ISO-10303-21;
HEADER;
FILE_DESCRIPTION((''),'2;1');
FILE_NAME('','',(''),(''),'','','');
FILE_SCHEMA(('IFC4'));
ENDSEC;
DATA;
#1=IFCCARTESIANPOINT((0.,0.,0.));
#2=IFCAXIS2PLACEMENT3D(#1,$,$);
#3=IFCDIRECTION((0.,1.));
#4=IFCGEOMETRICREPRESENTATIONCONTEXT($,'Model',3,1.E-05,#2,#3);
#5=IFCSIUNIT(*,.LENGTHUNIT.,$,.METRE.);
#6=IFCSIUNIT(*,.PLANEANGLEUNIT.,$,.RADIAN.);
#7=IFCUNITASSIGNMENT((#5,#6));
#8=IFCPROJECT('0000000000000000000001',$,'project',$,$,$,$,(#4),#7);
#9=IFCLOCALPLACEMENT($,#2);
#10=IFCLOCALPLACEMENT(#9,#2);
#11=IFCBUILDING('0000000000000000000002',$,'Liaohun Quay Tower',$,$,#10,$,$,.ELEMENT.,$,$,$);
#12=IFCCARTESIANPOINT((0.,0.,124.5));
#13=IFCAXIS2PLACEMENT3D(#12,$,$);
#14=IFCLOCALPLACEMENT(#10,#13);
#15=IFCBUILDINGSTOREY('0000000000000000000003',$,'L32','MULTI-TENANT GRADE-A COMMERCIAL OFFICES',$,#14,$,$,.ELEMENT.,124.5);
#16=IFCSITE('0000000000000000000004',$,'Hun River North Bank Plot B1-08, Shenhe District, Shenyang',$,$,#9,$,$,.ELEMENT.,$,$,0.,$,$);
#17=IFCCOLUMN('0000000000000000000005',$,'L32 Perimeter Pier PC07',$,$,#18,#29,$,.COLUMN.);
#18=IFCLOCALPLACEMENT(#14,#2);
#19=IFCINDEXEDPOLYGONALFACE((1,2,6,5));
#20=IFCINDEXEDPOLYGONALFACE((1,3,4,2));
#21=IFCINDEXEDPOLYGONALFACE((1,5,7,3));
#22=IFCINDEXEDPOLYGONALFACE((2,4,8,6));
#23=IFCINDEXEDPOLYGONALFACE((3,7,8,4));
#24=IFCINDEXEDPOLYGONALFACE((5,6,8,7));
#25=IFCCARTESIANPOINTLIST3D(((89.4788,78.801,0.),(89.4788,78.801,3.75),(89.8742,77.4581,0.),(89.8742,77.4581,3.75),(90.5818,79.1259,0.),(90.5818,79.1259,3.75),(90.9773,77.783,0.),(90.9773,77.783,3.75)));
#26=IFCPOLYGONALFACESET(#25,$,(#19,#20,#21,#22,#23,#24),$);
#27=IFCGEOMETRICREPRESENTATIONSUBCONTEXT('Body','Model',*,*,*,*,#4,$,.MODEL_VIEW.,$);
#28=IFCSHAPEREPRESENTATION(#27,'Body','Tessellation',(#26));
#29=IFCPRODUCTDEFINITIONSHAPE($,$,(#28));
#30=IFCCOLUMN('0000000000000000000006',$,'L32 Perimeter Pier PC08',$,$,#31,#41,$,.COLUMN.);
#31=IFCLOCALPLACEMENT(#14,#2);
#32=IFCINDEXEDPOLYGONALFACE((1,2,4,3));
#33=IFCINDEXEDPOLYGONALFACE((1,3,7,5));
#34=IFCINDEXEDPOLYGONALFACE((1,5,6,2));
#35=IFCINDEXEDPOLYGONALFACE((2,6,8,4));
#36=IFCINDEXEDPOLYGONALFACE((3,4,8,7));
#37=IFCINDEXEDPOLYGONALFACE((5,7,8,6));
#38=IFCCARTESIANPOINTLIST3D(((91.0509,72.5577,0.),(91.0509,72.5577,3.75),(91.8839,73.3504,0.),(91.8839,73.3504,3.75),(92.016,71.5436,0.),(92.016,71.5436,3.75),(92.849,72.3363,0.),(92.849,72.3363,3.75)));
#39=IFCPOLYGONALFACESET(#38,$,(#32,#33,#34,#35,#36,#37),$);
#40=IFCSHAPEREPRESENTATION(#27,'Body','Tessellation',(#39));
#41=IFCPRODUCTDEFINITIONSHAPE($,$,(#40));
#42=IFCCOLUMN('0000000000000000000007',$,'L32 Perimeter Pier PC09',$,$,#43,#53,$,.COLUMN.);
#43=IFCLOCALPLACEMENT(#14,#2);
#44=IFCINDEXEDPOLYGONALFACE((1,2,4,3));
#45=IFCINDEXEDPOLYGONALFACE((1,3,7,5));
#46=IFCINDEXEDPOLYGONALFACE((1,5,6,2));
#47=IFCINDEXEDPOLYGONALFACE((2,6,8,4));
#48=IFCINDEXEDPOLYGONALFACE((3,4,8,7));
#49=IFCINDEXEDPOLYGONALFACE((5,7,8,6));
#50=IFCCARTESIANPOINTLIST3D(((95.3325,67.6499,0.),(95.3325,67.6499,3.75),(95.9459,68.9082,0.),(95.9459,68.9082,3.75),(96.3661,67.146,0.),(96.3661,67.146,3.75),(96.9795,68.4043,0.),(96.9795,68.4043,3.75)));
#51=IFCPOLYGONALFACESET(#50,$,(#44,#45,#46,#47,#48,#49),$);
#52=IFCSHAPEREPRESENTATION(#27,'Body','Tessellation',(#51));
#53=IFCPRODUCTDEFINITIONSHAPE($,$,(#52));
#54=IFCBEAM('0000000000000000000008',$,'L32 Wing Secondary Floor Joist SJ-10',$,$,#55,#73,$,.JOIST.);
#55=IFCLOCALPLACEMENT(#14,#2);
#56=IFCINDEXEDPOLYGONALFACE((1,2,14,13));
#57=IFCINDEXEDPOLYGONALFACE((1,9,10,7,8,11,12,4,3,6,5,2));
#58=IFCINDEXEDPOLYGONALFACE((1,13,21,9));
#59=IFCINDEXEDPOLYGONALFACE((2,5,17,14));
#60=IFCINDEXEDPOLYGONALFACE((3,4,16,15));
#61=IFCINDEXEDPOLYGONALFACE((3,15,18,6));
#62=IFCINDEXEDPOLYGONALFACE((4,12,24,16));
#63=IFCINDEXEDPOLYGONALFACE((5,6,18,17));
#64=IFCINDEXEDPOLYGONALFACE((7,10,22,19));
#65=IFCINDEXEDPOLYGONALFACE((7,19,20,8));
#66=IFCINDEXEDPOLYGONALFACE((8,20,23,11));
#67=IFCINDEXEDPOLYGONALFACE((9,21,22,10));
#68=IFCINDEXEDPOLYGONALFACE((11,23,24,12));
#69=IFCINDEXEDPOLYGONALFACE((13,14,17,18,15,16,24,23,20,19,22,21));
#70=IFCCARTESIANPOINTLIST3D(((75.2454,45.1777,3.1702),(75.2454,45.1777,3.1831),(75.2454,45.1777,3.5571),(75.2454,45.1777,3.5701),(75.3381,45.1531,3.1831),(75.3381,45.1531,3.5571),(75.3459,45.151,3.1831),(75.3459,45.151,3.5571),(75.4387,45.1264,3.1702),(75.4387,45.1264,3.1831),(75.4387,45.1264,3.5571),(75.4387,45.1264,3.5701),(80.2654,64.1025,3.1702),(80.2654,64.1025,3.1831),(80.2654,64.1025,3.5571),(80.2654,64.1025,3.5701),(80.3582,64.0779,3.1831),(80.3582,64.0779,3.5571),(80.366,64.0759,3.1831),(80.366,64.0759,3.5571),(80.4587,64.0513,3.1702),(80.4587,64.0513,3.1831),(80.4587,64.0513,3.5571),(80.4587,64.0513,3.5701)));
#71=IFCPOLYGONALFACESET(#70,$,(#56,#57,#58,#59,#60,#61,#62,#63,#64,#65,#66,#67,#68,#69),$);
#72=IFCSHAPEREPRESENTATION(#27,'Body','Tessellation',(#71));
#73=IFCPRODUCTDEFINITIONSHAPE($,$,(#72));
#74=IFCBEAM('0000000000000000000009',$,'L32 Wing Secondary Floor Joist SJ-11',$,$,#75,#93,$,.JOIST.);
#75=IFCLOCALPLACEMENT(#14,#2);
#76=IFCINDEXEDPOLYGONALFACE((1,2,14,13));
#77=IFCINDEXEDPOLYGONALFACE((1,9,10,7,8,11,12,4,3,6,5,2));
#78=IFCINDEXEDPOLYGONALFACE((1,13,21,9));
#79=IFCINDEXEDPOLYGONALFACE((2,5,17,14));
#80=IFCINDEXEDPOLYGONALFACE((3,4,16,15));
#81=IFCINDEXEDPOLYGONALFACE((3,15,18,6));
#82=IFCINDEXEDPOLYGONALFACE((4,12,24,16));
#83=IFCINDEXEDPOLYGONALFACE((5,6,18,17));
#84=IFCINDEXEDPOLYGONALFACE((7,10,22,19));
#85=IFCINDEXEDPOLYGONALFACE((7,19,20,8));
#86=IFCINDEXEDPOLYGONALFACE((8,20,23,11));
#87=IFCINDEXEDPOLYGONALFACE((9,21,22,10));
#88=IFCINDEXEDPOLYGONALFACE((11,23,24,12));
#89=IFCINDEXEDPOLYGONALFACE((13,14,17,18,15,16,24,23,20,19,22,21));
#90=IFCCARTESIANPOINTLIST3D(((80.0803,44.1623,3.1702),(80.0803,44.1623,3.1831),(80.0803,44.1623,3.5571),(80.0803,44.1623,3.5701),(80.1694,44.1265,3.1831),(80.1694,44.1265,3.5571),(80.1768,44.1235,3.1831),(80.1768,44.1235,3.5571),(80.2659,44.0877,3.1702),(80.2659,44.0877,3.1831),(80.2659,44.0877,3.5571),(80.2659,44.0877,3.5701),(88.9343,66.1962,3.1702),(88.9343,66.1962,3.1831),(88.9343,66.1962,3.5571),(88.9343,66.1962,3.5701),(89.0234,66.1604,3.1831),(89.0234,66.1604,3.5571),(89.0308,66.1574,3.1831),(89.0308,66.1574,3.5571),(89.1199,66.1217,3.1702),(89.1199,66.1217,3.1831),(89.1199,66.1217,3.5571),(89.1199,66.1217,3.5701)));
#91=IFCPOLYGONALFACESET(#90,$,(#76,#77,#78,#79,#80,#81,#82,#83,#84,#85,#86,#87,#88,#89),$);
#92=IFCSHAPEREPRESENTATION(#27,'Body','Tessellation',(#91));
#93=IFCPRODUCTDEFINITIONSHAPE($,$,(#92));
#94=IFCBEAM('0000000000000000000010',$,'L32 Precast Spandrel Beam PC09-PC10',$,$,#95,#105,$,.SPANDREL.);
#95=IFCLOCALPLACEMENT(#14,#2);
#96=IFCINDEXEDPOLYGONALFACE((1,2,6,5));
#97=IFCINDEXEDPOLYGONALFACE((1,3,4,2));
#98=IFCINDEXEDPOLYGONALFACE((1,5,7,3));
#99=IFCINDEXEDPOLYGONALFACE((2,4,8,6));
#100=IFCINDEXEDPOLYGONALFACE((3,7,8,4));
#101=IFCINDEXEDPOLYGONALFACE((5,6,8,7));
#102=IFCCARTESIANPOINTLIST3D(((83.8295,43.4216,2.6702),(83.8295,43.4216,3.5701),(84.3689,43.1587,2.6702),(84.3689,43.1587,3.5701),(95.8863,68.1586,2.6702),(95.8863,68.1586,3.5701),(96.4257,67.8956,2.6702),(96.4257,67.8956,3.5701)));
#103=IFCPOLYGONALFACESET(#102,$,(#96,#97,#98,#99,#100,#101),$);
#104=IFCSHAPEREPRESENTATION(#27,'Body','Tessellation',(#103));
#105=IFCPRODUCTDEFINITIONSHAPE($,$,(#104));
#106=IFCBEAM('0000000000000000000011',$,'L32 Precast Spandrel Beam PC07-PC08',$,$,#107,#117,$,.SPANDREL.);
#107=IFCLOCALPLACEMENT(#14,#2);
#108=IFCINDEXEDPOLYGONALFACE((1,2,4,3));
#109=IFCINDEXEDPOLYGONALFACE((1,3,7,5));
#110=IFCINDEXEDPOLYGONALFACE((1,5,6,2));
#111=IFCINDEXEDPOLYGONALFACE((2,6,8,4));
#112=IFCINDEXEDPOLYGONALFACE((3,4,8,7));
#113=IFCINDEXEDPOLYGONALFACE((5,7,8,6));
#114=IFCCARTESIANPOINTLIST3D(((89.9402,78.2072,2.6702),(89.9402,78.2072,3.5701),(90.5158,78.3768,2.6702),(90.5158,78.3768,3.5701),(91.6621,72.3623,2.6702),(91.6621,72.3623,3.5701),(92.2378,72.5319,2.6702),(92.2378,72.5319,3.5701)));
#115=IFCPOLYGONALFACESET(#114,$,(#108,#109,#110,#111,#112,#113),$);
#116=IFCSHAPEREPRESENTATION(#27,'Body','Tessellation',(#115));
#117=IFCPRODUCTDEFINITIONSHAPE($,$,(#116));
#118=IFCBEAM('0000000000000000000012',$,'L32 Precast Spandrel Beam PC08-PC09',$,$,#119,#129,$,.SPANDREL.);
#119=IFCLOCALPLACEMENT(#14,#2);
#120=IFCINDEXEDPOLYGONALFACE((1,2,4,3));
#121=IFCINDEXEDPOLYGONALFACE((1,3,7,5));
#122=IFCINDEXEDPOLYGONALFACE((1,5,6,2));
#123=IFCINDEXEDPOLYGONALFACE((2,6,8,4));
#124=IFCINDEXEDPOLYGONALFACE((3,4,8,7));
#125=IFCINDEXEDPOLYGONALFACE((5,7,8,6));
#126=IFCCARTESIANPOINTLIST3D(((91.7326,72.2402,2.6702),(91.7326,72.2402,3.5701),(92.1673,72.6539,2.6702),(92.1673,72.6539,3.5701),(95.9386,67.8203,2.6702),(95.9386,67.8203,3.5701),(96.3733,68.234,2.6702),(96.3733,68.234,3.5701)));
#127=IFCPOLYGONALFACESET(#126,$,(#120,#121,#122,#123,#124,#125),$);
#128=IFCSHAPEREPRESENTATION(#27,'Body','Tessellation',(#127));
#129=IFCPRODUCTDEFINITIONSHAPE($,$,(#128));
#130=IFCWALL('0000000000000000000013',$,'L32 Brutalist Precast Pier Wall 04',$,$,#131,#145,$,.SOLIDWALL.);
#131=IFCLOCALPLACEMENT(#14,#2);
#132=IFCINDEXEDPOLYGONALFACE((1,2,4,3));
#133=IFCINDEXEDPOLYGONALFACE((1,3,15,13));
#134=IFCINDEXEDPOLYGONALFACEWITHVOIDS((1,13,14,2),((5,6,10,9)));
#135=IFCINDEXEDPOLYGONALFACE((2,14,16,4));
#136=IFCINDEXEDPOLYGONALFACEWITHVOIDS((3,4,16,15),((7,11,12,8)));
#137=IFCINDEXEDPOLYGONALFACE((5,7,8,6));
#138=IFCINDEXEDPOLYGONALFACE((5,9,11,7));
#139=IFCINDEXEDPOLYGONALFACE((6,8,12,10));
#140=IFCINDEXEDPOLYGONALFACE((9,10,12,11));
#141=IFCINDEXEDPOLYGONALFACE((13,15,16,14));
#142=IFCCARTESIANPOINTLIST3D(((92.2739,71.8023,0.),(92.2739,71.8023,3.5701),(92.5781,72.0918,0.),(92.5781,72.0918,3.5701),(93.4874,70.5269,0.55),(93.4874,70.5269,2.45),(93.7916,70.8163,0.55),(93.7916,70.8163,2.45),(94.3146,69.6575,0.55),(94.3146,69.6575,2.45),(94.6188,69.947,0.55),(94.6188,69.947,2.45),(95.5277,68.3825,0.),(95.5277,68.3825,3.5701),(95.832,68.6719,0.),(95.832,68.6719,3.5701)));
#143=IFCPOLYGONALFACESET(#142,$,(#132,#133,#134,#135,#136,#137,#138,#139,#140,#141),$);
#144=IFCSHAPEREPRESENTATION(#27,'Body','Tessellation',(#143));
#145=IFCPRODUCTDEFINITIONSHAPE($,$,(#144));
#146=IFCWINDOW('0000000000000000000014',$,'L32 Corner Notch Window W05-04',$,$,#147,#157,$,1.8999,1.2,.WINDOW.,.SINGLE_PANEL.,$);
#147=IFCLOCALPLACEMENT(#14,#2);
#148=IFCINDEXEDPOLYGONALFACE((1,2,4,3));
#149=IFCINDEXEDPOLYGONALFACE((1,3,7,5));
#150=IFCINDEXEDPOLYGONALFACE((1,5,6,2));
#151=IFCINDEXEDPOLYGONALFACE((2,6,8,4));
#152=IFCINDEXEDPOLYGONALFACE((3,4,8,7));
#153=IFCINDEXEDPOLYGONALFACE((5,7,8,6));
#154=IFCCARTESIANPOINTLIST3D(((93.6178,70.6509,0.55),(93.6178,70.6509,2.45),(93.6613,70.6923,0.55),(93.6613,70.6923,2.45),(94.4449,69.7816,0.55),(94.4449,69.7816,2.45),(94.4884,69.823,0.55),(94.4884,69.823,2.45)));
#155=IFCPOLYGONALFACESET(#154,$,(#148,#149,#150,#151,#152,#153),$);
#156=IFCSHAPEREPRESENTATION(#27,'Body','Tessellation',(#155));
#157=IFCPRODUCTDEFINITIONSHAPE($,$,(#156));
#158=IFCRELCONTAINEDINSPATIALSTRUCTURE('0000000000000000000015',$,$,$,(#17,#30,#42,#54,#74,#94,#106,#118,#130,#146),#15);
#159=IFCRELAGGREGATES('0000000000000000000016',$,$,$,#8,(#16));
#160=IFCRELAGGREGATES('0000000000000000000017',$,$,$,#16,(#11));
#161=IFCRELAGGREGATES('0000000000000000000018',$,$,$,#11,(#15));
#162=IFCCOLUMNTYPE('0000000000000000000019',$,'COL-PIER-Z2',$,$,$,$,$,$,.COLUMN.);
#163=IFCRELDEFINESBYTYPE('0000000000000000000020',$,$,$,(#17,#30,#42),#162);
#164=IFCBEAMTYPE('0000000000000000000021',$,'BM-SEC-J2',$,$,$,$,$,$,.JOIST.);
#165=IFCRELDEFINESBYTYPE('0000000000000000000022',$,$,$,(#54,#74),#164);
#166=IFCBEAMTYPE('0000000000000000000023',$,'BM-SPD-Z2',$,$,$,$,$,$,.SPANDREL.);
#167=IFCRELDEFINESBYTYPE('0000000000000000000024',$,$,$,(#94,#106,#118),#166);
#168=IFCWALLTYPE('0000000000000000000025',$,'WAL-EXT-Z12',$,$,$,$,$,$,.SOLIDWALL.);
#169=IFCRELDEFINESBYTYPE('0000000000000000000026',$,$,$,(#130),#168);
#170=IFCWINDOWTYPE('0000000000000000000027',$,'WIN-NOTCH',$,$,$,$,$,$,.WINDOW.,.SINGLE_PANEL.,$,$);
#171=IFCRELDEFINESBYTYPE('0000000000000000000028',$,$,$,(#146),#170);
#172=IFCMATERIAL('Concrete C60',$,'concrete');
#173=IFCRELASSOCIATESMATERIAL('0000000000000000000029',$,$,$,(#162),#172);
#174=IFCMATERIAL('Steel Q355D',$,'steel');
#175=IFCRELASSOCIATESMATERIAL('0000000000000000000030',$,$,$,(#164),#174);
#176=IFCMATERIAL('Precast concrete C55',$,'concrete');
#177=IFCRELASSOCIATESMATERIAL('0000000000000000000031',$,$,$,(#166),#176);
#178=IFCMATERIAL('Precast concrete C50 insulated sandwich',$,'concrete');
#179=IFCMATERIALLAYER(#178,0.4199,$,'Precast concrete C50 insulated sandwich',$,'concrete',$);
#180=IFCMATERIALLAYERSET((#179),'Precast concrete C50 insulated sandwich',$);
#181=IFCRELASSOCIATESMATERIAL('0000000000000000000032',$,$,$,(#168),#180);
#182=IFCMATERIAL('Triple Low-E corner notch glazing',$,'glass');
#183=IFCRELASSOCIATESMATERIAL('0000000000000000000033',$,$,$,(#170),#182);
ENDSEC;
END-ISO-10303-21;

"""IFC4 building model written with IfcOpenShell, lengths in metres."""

from ifc_helpers import new_model, si_unit, direction, frame, frame_2d, origin, origin_2d, place, context, subcontext, project, spatial, rectangle, i_section, extrude, source, transform, mapped, material, layer, layer_set, material_profile, profile_set, type_object, element, fill, save


model = new_model("IFC4")

# Units and contexts
model_context = context("Model", 3, precision=1e-05, world=origin(), true_north=direction((0.0, 1.0)))
body_context = subcontext(model_context, "Body", "Model", "MODEL_VIEW")
ifc_project = project(units=[si_unit("LENGTHUNIT", "METRE"), si_unit("PLANEANGLEUNIT", "RADIAN")], contexts=[model_context])

# Site, building, storey
site_placement = place(None, origin())
site = spatial("IfcSite", under=ifc_project, at=site_placement, Name="Hun River North Bank Plot B1-08, Shenhe District, Shenyang", CompositionType="ELEMENT", RefElevation=0.0)
building_placement = place(site_placement, origin())
building = spatial("IfcBuilding", under=site, at=building_placement, Name="Liaohun Quay Tower", CompositionType="ELEMENT")
storey_placement = place(building_placement, frame((0.0, 0.0, 124.5)))
storey = spatial("IfcBuildingStorey", under=building, at=storey_placement, Name="L32", Description="MULTI-TENANT GRADE-A COMMERCIAL OFFICES", CompositionType="ELEMENT", Elevation=124.5)

# Columns
ifc_material_1 = material(Name="Concrete C60", Category="concrete")
ifc_material_profile_1 = material_profile(ifc_material_1, rectangle(XDim=1.3999, YDim=1.1499, at=origin_2d()), Name="RC1400x1150")
ifc_profile_set_1 = profile_set([ifc_material_profile_1], Name="Concrete C60")
column_type = type_object("IfcColumnType", Name="COL-PIER-Z2", PredefinedType="COLUMN", material=ifc_profile_set_1)
shared_shape_1 = source(origin(), body_context, "Body", "SweptSolid", [
    extrude(rectangle(XDim=1.3999, YDim=1.1499, at=origin_2d()), origin(), (0.0, 0.0, 1.0), 3.75),
])
for number, where, z_axis, x_axis, name in (
    (1, (90.228, 78.292, 0.0), (0.0, 0.0, 1.0), (-0.282509, 0.959265, 0.0), "L32 Perimeter Pier PC07"),
    (2, (91.95, 72.447, 0.0), (0.0, 0.0, 1.0), (-0.689367, 0.724413, 0.0), "L32 Perimeter Pier PC08"),
    (3, (96.156, 68.0271, 0.0), (0.0, 0.0, 1.0), (0.438214, 0.898871, 0.0), "L32 Perimeter Pier PC09"),
):
    element("IfcColumn", number, at=place(storey_placement, frame(where, z_axis=z_axis, x_axis=x_axis)), inside=storey, type_object=column_type, Name=name, PredefinedType="COLUMN", context=body_context, shape_type="MappedRepresentation", body=[
        mapped(shared_shape_1, transform((0.0, 0.0, 0.0), x_axis=(1.0, 0.0, 0.0), y_axis=(0.0, 1.0, 0.0), z_axis=(0.0, 0.0, 1.0), scale=1.0)),
    ])

# Beams
ifc_material_2 = material(Name="Steel Q355D", Category="steel")
ifc_material_profile_2 = material_profile(ifc_material_2, i_section(OverallWidth=0.2, OverallDepth=0.3999, WebThickness=0.0081, FlangeThickness=0.0129, at=origin_2d()), Name="HN400x200x8x13")
ifc_profile_set_2 = profile_set([ifc_material_profile_2], Name="Steel Q355D")
beam_type_1 = type_object("IfcBeamType", Name="BM-SEC-J2", PredefinedType="JOIST", material=ifc_profile_set_2)
shared_shape_2 = source(origin(), body_context, "Body", "SweptSolid", [
    extrude(i_section(OverallWidth=0.2, OverallDepth=0.3999, WebThickness=0.0081, FlangeThickness=0.0129, at=origin_2d()), origin(), (0.0, 0.0, 1.0), 19.5793),
])
beam_1_placement = place(storey_placement, frame((80.3621, 64.0769, 3.3701), z_axis=(-0.256394, -0.966572, 0.0), x_axis=(0.966572, -0.256394, 0.0)))
element("IfcBeam", 4, at=beam_1_placement, inside=storey, type_object=beam_type_1, Name="L32 Wing Secondary Floor Joist SJ-10", PredefinedType="JOIST", context=body_context, shape_type="MappedRepresentation", body=[
    mapped(shared_shape_2, transform((0.0, 0.0, 0.0), x_axis=(1.0, 0.0, 0.0), y_axis=(0.0, 1.0, 0.0), z_axis=(0.0, 0.0, 1.0), scale=1.0)),
])
shared_shape_3 = source(origin(), body_context, "Body", "SweptSolid", [
    extrude(i_section(OverallWidth=0.2, OverallDepth=0.3999, WebThickness=0.0081, FlangeThickness=0.0129, at=origin_2d()), origin(), (0.0, 0.0, 1.0), 23.7463),
])
beam_2_placement = place(storey_placement, frame((89.0271, 66.1589, 3.3701), z_axis=(-0.372858, -0.927888, 0.0), x_axis=(0.927888, -0.372858, 0.0)))
element("IfcBeam", 5, at=beam_2_placement, inside=storey, type_object=beam_type_1, Name="L32 Wing Secondary Floor Joist SJ-11", PredefinedType="JOIST", context=body_context, shape_type="MappedRepresentation", body=[
    mapped(shared_shape_3, transform((0.0, 0.0, 0.0), x_axis=(1.0, 0.0, 0.0), y_axis=(0.0, 1.0, 0.0), z_axis=(0.0, 0.0, 1.0), scale=1.0)),
])
ifc_material_3 = material(Name="Precast concrete C55", Category="concrete")
ifc_material_profile_3 = material_profile(ifc_material_3, rectangle(XDim=0.6001, YDim=0.8999, at=origin_2d()), Name="RC600x900")
ifc_profile_set_3 = profile_set([ifc_material_profile_3], Name="Precast concrete C55")
beam_type_2 = type_object("IfcBeamType", Name="BM-SPD-Z2", PredefinedType="SPANDREL", material=ifc_profile_set_3)
shared_shape_4 = source(origin(), body_context, "Body", "SweptSolid", [
    extrude(rectangle(XDim=0.6001, YDim=0.8999, at=origin_2d()), origin(), (0.0, 0.0, 1.0), 27.5188),
])
beam_3_placement = place(storey_placement, frame((96.156, 68.0271, 3.1201), z_axis=(-0.438131, -0.898911, 0.0), x_axis=(0.898911, -0.438131, 0.0)))
element("IfcBeam", 6, at=beam_3_placement, inside=storey, type_object=beam_type_2, Name="L32 Precast Spandrel Beam PC09-PC10", PredefinedType="SPANDREL", context=body_context, shape_type="MappedRepresentation", body=[
    mapped(shared_shape_4, transform((0.0, 0.0, 0.0), x_axis=(1.0, 0.0, 0.0), y_axis=(0.0, 1.0, 0.0), z_axis=(0.0, 0.0, 1.0), scale=1.0)),
])
shared_shape_5 = source(origin(), body_context, "Body", "SweptSolid", [
    extrude(rectangle(XDim=0.6001, YDim=0.8999, at=origin_2d()), origin(), (0.0, 0.0, 1.0), 6.0933),
])
beam_4_placement = place(storey_placement, frame((90.228, 78.292, 3.1201), z_axis=(0.282591, -0.95924, 0.0), x_axis=(0.95924, 0.282591, 0.0)))
element("IfcBeam", 7, at=beam_4_placement, inside=storey, type_object=beam_type_2, Name="L32 Precast Spandrel Beam PC07-PC08", PredefinedType="SPANDREL", context=body_context, shape_type="MappedRepresentation", body=[
    mapped(shared_shape_5, transform((0.0, 0.0, 0.0), x_axis=(1.0, 0.0, 0.0), y_axis=(0.0, 1.0, 0.0), z_axis=(0.0, 0.0, 1.0), scale=1.0)),
])
shared_shape_6 = source(origin(), body_context, "Body", "SweptSolid", [
    extrude(rectangle(XDim=0.6001, YDim=0.8999, at=origin_2d()), origin(), (0.0, 0.0, 1.0), 6.1013),
])
beam_5_placement = place(storey_placement, frame((91.95, 72.447, 3.1201), z_axis=(0.689363, -0.724416, 0.0), x_axis=(0.724416, 0.689363, 0.0)))
element("IfcBeam", 8, at=beam_5_placement, inside=storey, type_object=beam_type_2, Name="L32 Precast Spandrel Beam PC08-PC09", PredefinedType="SPANDREL", context=body_context, shape_type="MappedRepresentation", body=[
    mapped(shared_shape_6, transform((0.0, 0.0, 0.0), x_axis=(1.0, 0.0, 0.0), y_axis=(0.0, 1.0, 0.0), z_axis=(0.0, 0.0, 1.0), scale=1.0)),
])

# Wall, opening, window
ifc_material_4 = material(Name="Precast concrete C50 insulated sandwich", Category="concrete")
ifc_layer_1 = layer(ifc_material_4, 0.4199, Name="Precast concrete C50 insulated sandwich", Category="concrete")
ifc_layer_set_1 = layer_set([ifc_layer_1], Name="Precast concrete C50 insulated sandwich")
wall_type_1 = type_object("IfcWallType", Name="WAL-EXT-Z12", PredefinedType="SOLIDWALL", material=ifc_layer_set_1)
wall_1_placement = place(storey_placement, frame((95.6799, 68.5271, 0.0), z_axis=(0.0, 0.0, 1.0), x_axis=(-0.689304, 0.724472, 0.0)))
wall_1 = element("IfcWall", 9, at=wall_1_placement, inside=storey, type_object=wall_type_1, Name="L32 Brutalist Precast Pier Wall 04", PredefinedType="SOLIDWALL", context=body_context, shape_type="SweptSolid", body=[
    extrude(rectangle(XDim=4.7205, YDim=0.4199, at=frame_2d((2.3604, 0.0))), origin(), (0.0, 0.0, 1.0), 3.5701),
])
shared_shape_7 = source(origin(), body_context, "Body", "SweptSolid", [
    extrude(rectangle(XDim=1.2, YDim=1.8999, at=frame_2d((0.6001, 0.95))), frame((0.0, 0.22, 0.0), z_axis=(0.0, -1.0, 0.0), x_axis=(1.0, 0.0, 0.0)), (0.0, 0.0, 1.0), 0.4399),
])
opening_1_placement = place(wall_1_placement, frame((1.76, 0.0, 0.55)))
opening_1 = element("IfcOpeningElement", 10, at=opening_1_placement, cuts=wall_1, PredefinedType="OPENING", context=body_context, shape_type="MappedRepresentation", body=[
    mapped(shared_shape_7, transform((0.0, 0.0, 0.0), x_axis=(1.0, 0.0, 0.0), y_axis=(0.0, 1.0, 0.0), z_axis=(0.0, 0.0, 1.0), scale=1.0)),
])
ifc_material_5 = material(Name="Triple Low-E corner notch glazing", Category="glass")
window_type_1 = type_object("IfcWindowType", Name="WIN-NOTCH", PartitioningType="SINGLE_PANEL", PredefinedType="WINDOW", material=ifc_material_5)
shared_shape_8 = source(origin(), body_context, "Body", "SweptSolid", [
    extrude(rectangle(XDim=1.2, YDim=1.8999, at=frame_2d((0.6001, 0.95))), frame((0.0, 0.03, 0.0), z_axis=(0.0, -1.0, 0.0), x_axis=(1.0, 0.0, 0.0)), (0.0, 0.0, 1.0), 0.0601),
])
window_1_placement = place(opening_1_placement, origin())
window_1 = element("IfcWindow", 11, at=window_1_placement, inside=storey, type_object=window_type_1, Name="L32 Corner Notch Window W05-04", OverallHeight=1.8999, OverallWidth=1.2, PartitioningType="SINGLE_PANEL", PredefinedType="WINDOW", context=body_context, shape_type="MappedRepresentation", body=[
    mapped(shared_shape_8, transform((0.0, 0.0, 0.0), x_axis=(1.0, 0.0, 0.0), y_axis=(0.0, 1.0, 0.0), z_axis=(0.0, 0.0, 1.0), scale=1.0)),
])
fill(opening_1, window_1)

save(model, "model.ifc")
